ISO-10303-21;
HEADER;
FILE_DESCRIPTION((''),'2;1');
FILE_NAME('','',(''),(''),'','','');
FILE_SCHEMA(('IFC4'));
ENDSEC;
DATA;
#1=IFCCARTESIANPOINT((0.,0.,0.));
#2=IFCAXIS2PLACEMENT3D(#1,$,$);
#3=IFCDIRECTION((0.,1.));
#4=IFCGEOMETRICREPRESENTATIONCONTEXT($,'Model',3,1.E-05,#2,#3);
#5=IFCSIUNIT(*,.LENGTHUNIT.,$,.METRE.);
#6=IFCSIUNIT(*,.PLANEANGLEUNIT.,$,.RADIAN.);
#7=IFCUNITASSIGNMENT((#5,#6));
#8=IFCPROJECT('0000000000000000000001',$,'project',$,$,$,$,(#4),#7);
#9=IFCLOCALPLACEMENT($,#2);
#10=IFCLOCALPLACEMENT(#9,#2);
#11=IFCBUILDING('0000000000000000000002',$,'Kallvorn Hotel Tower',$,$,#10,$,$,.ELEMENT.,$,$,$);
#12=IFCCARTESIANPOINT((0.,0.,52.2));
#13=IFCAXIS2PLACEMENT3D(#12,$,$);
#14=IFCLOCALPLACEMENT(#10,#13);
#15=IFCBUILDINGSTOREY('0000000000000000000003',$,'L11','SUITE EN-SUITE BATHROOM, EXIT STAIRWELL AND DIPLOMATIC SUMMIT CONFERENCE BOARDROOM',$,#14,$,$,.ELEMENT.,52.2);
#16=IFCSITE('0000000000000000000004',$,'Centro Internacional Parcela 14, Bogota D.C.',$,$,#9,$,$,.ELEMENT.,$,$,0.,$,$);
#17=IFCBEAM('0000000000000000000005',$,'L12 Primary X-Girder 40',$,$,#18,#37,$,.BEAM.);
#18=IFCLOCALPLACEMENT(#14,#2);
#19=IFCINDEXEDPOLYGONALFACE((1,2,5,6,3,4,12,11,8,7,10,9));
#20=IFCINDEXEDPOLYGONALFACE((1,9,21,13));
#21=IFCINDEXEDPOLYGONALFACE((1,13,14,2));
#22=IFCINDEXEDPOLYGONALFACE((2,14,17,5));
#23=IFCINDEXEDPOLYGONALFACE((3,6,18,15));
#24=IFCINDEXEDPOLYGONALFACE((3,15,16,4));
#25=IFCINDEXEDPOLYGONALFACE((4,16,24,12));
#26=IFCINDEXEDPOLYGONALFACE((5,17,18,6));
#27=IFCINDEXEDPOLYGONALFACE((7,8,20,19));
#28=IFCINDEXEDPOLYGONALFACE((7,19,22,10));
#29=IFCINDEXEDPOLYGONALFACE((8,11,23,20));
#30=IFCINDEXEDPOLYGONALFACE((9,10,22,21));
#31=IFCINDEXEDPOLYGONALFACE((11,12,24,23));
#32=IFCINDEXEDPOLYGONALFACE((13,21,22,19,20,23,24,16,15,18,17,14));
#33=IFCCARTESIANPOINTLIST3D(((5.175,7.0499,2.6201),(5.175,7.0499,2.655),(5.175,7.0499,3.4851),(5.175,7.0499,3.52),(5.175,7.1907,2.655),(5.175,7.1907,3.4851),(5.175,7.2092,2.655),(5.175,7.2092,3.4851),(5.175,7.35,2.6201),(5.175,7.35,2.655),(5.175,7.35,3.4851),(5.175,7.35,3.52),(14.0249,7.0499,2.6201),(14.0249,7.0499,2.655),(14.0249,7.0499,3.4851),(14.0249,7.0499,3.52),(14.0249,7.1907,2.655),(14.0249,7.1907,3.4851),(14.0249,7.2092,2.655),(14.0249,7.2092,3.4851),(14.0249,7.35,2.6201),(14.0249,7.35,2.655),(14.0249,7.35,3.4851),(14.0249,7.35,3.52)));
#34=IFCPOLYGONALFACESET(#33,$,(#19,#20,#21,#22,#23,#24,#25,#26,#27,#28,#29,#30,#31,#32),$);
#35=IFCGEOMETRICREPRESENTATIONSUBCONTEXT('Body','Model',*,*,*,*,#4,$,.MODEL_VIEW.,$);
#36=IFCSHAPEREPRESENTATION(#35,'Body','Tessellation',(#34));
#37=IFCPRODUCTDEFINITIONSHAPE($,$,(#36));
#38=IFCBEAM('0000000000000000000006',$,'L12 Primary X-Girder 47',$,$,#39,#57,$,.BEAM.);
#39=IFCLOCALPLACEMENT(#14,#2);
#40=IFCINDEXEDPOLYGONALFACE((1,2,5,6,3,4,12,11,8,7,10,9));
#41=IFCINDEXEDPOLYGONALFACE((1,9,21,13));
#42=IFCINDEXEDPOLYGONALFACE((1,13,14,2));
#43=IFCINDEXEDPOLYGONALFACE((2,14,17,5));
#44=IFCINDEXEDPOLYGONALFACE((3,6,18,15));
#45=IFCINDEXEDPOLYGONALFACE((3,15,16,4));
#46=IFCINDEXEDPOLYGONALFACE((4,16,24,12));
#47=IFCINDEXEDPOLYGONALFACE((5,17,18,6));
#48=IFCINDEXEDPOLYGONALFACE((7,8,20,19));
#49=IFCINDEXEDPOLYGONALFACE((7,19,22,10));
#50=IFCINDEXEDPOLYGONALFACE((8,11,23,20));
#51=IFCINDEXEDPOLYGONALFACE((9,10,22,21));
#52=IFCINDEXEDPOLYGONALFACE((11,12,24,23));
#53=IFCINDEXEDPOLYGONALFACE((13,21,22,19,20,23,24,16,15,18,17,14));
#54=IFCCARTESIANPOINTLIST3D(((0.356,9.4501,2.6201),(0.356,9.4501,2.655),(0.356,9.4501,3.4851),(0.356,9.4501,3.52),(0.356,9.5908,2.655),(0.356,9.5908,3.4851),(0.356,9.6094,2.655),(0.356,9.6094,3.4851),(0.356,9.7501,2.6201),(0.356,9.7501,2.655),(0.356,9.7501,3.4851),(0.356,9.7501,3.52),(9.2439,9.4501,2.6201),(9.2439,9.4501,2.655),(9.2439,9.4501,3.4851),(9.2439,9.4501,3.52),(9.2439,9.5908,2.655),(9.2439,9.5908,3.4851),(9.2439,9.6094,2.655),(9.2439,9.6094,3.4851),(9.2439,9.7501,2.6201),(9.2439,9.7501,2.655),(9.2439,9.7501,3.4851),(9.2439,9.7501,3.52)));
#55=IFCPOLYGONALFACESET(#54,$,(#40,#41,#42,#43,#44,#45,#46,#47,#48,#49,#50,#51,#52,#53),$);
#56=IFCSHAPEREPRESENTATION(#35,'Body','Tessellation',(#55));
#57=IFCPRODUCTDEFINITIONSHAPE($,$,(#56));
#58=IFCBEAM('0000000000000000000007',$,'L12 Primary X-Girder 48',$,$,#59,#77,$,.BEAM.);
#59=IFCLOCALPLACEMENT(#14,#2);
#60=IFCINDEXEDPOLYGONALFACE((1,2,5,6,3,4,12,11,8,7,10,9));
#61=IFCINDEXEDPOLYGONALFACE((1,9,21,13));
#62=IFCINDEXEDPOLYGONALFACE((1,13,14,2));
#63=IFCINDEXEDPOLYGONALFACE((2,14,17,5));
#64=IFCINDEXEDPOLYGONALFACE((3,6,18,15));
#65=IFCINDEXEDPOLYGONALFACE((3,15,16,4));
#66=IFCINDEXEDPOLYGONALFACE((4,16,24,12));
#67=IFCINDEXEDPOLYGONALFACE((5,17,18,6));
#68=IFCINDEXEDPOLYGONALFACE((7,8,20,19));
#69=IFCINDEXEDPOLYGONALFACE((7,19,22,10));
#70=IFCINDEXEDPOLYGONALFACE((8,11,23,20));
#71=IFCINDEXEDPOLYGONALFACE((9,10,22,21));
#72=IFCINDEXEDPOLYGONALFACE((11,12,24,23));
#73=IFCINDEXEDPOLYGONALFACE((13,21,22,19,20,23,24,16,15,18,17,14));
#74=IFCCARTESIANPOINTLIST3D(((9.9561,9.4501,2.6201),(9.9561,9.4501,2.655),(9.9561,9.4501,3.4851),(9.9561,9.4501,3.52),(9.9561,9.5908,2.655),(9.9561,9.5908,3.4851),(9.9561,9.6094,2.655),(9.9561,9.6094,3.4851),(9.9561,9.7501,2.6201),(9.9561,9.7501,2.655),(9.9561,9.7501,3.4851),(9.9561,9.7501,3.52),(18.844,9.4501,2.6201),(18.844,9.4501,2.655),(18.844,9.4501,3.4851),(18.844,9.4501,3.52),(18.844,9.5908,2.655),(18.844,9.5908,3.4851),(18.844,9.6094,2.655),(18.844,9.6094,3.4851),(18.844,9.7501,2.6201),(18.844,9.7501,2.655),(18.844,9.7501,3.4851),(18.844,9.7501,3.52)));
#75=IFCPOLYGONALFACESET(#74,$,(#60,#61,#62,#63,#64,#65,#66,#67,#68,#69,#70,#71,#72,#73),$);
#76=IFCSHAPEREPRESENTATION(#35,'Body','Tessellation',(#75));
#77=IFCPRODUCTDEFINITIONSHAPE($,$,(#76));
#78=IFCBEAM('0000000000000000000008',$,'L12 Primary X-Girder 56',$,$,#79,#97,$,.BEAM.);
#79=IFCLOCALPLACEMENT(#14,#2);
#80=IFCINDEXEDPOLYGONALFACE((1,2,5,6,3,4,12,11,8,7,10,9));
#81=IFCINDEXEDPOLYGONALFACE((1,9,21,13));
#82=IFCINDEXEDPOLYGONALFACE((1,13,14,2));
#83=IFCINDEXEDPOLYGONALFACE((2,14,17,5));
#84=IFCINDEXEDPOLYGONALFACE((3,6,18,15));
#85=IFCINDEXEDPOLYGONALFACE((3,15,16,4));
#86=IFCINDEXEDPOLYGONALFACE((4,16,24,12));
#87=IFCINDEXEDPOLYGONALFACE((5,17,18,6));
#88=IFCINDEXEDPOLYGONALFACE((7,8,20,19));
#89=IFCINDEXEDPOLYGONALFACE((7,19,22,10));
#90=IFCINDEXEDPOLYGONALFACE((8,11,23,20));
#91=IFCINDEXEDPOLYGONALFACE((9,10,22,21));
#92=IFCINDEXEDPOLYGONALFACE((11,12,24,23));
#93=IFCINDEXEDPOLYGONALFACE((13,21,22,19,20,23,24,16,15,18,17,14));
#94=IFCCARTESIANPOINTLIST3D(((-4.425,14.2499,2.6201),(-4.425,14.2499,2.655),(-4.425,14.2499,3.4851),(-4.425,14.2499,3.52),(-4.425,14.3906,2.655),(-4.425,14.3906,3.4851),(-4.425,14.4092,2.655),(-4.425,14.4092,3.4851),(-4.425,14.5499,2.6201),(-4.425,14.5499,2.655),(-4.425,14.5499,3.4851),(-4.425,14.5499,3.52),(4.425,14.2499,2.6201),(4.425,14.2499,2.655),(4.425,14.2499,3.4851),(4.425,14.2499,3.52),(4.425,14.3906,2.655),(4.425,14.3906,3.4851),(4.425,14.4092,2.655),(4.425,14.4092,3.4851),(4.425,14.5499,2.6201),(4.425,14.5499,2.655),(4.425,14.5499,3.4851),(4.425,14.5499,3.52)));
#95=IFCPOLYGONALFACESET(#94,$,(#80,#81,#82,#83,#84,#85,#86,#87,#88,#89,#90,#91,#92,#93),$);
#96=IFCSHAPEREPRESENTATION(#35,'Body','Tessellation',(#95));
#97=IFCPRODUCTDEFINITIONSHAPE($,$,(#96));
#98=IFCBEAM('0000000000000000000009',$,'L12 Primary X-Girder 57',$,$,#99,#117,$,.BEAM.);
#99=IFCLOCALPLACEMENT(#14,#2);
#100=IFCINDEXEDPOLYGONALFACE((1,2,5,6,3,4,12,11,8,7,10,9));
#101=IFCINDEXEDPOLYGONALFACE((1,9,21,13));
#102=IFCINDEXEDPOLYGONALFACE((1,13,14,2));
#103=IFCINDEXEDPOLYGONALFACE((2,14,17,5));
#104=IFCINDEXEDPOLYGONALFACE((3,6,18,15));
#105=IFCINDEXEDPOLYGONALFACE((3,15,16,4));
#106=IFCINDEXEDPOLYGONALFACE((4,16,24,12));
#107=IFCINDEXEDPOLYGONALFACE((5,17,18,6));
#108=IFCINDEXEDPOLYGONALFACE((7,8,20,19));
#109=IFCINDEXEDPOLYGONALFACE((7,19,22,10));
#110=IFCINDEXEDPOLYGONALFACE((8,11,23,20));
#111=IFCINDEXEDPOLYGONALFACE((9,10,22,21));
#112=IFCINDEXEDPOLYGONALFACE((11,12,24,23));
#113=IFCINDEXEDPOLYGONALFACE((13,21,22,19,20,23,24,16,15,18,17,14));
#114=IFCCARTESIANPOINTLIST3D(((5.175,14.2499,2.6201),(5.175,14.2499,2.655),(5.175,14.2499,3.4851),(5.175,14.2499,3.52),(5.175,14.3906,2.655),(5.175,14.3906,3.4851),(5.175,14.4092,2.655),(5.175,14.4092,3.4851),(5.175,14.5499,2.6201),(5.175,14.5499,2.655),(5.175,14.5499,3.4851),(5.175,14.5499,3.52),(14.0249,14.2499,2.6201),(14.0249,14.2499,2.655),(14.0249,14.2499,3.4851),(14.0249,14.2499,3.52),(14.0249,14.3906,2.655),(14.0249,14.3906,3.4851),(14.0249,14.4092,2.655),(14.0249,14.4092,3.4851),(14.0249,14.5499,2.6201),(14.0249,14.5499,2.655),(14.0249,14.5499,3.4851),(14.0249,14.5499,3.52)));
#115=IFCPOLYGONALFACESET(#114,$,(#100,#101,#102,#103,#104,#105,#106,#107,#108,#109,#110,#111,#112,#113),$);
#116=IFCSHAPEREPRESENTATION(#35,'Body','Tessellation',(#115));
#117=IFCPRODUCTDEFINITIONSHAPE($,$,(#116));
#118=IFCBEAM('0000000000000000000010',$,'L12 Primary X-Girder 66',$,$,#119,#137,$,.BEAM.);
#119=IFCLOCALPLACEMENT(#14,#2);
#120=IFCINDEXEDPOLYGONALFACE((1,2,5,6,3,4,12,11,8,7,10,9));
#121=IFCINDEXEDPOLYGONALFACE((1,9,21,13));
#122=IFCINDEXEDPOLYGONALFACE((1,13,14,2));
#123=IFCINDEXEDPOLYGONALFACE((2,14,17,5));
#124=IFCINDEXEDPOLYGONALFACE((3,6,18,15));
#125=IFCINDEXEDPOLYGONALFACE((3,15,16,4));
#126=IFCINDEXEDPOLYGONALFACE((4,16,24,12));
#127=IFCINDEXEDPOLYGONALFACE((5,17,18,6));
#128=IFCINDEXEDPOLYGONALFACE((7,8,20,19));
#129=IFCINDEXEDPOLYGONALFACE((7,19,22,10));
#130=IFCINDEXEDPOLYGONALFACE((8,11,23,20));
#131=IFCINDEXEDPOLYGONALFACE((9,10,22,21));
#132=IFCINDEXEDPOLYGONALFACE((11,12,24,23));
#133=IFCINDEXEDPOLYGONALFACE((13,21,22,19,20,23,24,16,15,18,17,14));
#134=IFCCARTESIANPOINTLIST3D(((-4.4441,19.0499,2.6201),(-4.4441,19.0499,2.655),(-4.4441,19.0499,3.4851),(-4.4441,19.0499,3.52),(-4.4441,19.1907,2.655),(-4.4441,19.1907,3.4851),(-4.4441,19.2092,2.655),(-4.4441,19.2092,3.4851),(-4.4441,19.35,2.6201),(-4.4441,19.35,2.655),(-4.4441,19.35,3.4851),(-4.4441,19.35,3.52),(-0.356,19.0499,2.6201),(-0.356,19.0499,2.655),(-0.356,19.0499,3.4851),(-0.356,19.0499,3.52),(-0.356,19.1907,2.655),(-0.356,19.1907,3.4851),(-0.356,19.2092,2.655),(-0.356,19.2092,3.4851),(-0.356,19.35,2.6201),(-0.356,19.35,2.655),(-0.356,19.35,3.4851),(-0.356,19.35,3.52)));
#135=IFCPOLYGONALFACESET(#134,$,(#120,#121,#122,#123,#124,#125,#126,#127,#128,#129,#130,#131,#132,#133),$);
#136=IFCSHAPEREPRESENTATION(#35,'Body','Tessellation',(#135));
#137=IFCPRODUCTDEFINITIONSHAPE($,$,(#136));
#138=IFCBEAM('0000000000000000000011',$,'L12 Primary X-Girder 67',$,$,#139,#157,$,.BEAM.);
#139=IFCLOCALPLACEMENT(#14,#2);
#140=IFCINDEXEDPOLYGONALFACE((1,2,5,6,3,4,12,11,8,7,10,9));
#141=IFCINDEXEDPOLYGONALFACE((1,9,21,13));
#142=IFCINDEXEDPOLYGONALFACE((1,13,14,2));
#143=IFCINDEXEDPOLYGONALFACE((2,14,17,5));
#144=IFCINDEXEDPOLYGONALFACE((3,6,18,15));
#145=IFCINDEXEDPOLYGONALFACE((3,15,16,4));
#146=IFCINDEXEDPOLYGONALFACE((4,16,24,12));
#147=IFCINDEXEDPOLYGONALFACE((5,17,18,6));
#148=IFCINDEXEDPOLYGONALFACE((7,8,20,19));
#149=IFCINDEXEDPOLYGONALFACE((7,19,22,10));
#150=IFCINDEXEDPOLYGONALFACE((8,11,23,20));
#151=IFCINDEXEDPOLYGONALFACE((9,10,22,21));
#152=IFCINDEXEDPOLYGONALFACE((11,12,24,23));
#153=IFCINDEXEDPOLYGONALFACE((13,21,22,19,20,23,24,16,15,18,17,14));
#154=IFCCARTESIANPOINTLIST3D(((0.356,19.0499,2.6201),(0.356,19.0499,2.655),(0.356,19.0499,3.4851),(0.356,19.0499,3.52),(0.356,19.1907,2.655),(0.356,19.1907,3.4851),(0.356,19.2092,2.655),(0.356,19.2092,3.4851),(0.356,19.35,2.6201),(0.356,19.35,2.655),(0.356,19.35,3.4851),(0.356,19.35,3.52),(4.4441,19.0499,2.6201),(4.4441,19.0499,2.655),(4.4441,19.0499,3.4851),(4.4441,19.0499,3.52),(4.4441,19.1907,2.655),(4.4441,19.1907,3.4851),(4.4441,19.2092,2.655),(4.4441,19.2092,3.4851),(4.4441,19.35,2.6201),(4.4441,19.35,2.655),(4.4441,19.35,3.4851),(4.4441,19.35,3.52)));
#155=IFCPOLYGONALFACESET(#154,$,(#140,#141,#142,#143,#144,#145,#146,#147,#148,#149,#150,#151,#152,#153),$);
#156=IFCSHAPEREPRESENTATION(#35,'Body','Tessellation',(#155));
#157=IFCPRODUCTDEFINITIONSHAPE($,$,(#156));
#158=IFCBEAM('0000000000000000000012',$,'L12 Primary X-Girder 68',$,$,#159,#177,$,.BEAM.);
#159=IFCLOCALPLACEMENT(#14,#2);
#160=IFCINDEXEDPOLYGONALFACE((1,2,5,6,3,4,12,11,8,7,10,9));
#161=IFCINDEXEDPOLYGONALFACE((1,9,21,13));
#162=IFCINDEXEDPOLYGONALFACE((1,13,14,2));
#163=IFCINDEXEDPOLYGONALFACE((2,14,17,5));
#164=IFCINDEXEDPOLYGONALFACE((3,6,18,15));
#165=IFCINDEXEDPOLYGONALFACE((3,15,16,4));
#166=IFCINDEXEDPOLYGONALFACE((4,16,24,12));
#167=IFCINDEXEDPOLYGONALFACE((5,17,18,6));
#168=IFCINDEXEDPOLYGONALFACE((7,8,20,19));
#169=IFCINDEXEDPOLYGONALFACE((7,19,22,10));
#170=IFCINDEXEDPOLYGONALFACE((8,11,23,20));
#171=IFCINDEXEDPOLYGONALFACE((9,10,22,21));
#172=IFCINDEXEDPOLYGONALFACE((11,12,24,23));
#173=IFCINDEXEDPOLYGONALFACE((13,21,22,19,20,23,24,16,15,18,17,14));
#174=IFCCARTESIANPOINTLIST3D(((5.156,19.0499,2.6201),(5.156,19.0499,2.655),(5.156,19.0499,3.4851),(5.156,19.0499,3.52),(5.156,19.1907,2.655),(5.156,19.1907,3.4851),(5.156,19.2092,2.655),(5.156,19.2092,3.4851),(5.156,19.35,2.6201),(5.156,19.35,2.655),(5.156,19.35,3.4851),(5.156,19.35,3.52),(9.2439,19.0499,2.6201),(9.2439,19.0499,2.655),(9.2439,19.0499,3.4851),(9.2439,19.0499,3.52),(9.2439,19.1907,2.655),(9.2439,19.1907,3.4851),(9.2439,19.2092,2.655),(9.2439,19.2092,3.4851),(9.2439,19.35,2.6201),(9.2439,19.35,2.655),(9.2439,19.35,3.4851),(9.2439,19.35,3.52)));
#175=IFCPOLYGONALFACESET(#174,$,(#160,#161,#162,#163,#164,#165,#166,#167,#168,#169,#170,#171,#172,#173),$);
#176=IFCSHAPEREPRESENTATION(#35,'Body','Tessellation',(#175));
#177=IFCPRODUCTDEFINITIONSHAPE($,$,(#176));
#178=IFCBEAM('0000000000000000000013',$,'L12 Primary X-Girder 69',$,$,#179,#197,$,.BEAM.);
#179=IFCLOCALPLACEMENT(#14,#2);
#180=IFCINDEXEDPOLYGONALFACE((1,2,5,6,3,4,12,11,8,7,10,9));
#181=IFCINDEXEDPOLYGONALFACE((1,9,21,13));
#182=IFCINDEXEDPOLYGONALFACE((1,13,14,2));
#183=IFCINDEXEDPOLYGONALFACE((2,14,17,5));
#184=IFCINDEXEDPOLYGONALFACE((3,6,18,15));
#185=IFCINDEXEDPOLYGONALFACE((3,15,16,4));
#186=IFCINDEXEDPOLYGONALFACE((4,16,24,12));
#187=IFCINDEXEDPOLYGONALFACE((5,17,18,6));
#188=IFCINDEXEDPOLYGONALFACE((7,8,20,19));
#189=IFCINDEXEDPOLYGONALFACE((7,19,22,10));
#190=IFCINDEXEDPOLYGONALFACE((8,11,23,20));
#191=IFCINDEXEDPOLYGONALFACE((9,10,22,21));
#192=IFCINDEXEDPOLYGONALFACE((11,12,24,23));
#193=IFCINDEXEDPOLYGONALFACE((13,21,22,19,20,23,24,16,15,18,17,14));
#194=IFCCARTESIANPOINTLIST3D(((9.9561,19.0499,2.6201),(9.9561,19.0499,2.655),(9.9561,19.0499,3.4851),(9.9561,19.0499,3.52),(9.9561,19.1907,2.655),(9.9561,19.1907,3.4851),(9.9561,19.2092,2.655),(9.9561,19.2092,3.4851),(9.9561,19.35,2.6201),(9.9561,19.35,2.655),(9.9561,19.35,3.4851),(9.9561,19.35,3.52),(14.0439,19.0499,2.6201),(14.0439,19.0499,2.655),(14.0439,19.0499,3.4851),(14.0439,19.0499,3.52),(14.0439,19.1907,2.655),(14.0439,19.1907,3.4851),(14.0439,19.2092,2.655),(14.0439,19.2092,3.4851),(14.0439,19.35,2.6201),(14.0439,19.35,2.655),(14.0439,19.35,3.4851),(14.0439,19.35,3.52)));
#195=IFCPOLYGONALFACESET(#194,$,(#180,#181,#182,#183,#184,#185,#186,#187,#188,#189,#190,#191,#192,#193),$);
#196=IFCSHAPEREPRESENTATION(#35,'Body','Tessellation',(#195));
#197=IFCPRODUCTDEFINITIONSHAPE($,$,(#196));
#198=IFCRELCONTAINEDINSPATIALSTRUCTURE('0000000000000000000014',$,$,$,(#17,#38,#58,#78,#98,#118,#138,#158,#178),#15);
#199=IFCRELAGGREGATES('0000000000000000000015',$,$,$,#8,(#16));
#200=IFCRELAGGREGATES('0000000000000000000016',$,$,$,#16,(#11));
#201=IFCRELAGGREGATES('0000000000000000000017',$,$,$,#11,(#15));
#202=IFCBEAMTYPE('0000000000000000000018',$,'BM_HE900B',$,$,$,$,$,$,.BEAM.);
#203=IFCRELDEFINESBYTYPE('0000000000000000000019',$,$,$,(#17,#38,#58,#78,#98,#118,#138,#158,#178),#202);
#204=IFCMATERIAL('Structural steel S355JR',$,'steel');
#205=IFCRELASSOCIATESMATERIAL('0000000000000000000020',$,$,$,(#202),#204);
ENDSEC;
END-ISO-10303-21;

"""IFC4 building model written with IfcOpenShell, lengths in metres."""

from ifc_helpers import new_model, si_unit, direction, frame, origin, origin_2d, place, context, subcontext, project, spatial, i_section, extrude, material, material_profile, profile_set, type_object, element, save


model = new_model("IFC4")

# Units and contexts
model_context = context("Model", 3, precision=1e-05, world=origin(), true_north=direction((0.0, 1.0)))
body_context = subcontext(model_context, "Body", "Model", "MODEL_VIEW")
ifc_project = project(units=[si_unit("LENGTHUNIT", "METRE"), si_unit("PLANEANGLEUNIT", "RADIAN")], contexts=[model_context])

# Site, building, storey
site_placement = place(None, origin())
site = spatial("IfcSite", under=ifc_project, at=site_placement, Name="Centro Internacional Parcela 14, Bogota D.C.", CompositionType="ELEMENT", RefElevation=0.0)
building_placement = place(site_placement, origin())
building = spatial("IfcBuilding", under=site, at=building_placement, Name="Kallvorn Hotel Tower", CompositionType="ELEMENT")
storey_placement = place(building_placement, frame((0.0, 0.0, 52.2)))
storey = spatial("IfcBuildingStorey", under=building, at=storey_placement, Name="L11", Description="SUITE EN-SUITE BATHROOM, EXIT STAIRWELL AND DIPLOMATIC SUMMIT CONFERENCE BOARDROOM", CompositionType="ELEMENT", Elevation=52.2)

# Beams
ifc_material_1 = material(Name="Structural steel S355JR", Category="steel")
ifc_material_profile_1 = material_profile(ifc_material_1, i_section(OverallWidth=0.3, OverallDepth=0.8999, WebThickness=0.0186, FlangeThickness=0.0349, at=origin_2d()), Name="HE 900 B")
ifc_profile_set_1 = profile_set([ifc_material_profile_1], Name="Structural steel S355JR")
beam_type_1 = type_object("IfcBeamType", Name="BM_HE900B", PredefinedType="BEAM", material=ifc_profile_set_1)
beam_1_placement = place(storey_placement, frame((5.175, 7.2, 3.0701), z_axis=(1.0, 0.0, 0.0), x_axis=(0.0, 1.0, 0.0)))
element("IfcBeam", 1, at=beam_1_placement, inside=storey, type_object=beam_type_1, Name="L12 Primary X-Girder 40", PredefinedType="BEAM", context=body_context, shape_type="SweptSolid", body=[
    extrude(i_section(OverallWidth=0.3, OverallDepth=0.8999, WebThickness=0.0186, FlangeThickness=0.0349, at=origin_2d()), origin(), (0.0, 0.0, 1.0), 8.8499),
])
for number, where, z_axis, x_axis, name in (
    (2, (0.356, 9.6001, 3.0701), (1.0, 0.0, 0.0), (0.0, 1.0, 0.0), "L12 Primary X-Girder 47"),
    (3, (9.9561, 9.6001, 3.0701), (1.0, 0.0, 0.0), (0.0, 1.0, 0.0), "L12 Primary X-Girder 48"),
):
    element("IfcBeam", number, at=place(storey_placement, frame(where, z_axis=z_axis, x_axis=x_axis)), inside=storey, type_object=beam_type_1, Name=name, PredefinedType="BEAM", context=body_context, shape_type="SweptSolid", body=[
        extrude(i_section(OverallWidth=0.3, OverallDepth=0.8999, WebThickness=0.0186, FlangeThickness=0.0349, at=origin_2d()), origin(), (0.0, 0.0, 1.0), 8.8879),
    ])
beam_2_placement = place(storey_placement, frame((-4.425, 14.3999, 3.0701), z_axis=(1.0, 0.0, 0.0), x_axis=(0.0, 1.0, 0.0)))
element("IfcBeam", 4, at=beam_2_placement, inside=storey, type_object=beam_type_1, Name="L12 Primary X-Girder 56", PredefinedType="BEAM", context=body_context, shape_type="SweptSolid", body=[
    extrude(i_section(OverallWidth=0.3, OverallDepth=0.8999, WebThickness=0.0186, FlangeThickness=0.0349, at=origin_2d()), origin(), (0.0, 0.0, 1.0), 8.8501),
])
beam_3_placement = place(storey_placement, frame((5.175, 14.3999, 3.0701), z_axis=(1.0, 0.0, 0.0), x_axis=(0.0, 1.0, 0.0)))
element("IfcBeam", 5, at=beam_3_placement, inside=storey, type_object=beam_type_1, Name="L12 Primary X-Girder 57", PredefinedType="BEAM", context=body_context, shape_type="SweptSolid", body=[
    extrude(i_section(OverallWidth=0.3, OverallDepth=0.8999, WebThickness=0.0186, FlangeThickness=0.0349, at=origin_2d()), origin(), (0.0, 0.0, 1.0), 8.8499),
])
for number, where, z_axis, x_axis, name in (
    (6, (-4.4441, 19.2, 3.0701), (1.0, 0.0, 0.0), (0.0, 1.0, 0.0), "L12 Primary X-Girder 66"),
    (7, (0.356, 19.2, 3.0701), (1.0, 0.0, 0.0), (0.0, 1.0, 0.0), "L12 Primary X-Girder 67"),
):
    element("IfcBeam", number, at=place(storey_placement, frame(where, z_axis=z_axis, x_axis=x_axis)), inside=storey, type_object=beam_type_1, Name=name, PredefinedType="BEAM", context=body_context, shape_type="SweptSolid", body=[
        extrude(i_section(OverallWidth=0.3, OverallDepth=0.8999, WebThickness=0.0186, FlangeThickness=0.0349, at=origin_2d()), origin(), (0.0, 0.0, 1.0), 4.0881),
    ])
for number, where, z_axis, x_axis, name in (
    (8, (5.156, 19.2, 3.0701), (1.0, 0.0, 0.0), (0.0, 1.0, 0.0), "L12 Primary X-Girder 68"),
    (9, (9.9561, 19.2, 3.0701), (1.0, 0.0, 0.0), (0.0, 1.0, 0.0), "L12 Primary X-Girder 69"),
):
    element("IfcBeam", number, at=place(storey_placement, frame(where, z_axis=z_axis, x_axis=x_axis)), inside=storey, type_object=beam_type_1, Name=name, PredefinedType="BEAM", context=body_context, shape_type="SweptSolid", body=[
        extrude(i_section(OverallWidth=0.3, OverallDepth=0.8999, WebThickness=0.0186, FlangeThickness=0.0349, at=origin_2d()), origin(), (0.0, 0.0, 1.0), 4.0879),
    ])

save(model, "model.ifc")
